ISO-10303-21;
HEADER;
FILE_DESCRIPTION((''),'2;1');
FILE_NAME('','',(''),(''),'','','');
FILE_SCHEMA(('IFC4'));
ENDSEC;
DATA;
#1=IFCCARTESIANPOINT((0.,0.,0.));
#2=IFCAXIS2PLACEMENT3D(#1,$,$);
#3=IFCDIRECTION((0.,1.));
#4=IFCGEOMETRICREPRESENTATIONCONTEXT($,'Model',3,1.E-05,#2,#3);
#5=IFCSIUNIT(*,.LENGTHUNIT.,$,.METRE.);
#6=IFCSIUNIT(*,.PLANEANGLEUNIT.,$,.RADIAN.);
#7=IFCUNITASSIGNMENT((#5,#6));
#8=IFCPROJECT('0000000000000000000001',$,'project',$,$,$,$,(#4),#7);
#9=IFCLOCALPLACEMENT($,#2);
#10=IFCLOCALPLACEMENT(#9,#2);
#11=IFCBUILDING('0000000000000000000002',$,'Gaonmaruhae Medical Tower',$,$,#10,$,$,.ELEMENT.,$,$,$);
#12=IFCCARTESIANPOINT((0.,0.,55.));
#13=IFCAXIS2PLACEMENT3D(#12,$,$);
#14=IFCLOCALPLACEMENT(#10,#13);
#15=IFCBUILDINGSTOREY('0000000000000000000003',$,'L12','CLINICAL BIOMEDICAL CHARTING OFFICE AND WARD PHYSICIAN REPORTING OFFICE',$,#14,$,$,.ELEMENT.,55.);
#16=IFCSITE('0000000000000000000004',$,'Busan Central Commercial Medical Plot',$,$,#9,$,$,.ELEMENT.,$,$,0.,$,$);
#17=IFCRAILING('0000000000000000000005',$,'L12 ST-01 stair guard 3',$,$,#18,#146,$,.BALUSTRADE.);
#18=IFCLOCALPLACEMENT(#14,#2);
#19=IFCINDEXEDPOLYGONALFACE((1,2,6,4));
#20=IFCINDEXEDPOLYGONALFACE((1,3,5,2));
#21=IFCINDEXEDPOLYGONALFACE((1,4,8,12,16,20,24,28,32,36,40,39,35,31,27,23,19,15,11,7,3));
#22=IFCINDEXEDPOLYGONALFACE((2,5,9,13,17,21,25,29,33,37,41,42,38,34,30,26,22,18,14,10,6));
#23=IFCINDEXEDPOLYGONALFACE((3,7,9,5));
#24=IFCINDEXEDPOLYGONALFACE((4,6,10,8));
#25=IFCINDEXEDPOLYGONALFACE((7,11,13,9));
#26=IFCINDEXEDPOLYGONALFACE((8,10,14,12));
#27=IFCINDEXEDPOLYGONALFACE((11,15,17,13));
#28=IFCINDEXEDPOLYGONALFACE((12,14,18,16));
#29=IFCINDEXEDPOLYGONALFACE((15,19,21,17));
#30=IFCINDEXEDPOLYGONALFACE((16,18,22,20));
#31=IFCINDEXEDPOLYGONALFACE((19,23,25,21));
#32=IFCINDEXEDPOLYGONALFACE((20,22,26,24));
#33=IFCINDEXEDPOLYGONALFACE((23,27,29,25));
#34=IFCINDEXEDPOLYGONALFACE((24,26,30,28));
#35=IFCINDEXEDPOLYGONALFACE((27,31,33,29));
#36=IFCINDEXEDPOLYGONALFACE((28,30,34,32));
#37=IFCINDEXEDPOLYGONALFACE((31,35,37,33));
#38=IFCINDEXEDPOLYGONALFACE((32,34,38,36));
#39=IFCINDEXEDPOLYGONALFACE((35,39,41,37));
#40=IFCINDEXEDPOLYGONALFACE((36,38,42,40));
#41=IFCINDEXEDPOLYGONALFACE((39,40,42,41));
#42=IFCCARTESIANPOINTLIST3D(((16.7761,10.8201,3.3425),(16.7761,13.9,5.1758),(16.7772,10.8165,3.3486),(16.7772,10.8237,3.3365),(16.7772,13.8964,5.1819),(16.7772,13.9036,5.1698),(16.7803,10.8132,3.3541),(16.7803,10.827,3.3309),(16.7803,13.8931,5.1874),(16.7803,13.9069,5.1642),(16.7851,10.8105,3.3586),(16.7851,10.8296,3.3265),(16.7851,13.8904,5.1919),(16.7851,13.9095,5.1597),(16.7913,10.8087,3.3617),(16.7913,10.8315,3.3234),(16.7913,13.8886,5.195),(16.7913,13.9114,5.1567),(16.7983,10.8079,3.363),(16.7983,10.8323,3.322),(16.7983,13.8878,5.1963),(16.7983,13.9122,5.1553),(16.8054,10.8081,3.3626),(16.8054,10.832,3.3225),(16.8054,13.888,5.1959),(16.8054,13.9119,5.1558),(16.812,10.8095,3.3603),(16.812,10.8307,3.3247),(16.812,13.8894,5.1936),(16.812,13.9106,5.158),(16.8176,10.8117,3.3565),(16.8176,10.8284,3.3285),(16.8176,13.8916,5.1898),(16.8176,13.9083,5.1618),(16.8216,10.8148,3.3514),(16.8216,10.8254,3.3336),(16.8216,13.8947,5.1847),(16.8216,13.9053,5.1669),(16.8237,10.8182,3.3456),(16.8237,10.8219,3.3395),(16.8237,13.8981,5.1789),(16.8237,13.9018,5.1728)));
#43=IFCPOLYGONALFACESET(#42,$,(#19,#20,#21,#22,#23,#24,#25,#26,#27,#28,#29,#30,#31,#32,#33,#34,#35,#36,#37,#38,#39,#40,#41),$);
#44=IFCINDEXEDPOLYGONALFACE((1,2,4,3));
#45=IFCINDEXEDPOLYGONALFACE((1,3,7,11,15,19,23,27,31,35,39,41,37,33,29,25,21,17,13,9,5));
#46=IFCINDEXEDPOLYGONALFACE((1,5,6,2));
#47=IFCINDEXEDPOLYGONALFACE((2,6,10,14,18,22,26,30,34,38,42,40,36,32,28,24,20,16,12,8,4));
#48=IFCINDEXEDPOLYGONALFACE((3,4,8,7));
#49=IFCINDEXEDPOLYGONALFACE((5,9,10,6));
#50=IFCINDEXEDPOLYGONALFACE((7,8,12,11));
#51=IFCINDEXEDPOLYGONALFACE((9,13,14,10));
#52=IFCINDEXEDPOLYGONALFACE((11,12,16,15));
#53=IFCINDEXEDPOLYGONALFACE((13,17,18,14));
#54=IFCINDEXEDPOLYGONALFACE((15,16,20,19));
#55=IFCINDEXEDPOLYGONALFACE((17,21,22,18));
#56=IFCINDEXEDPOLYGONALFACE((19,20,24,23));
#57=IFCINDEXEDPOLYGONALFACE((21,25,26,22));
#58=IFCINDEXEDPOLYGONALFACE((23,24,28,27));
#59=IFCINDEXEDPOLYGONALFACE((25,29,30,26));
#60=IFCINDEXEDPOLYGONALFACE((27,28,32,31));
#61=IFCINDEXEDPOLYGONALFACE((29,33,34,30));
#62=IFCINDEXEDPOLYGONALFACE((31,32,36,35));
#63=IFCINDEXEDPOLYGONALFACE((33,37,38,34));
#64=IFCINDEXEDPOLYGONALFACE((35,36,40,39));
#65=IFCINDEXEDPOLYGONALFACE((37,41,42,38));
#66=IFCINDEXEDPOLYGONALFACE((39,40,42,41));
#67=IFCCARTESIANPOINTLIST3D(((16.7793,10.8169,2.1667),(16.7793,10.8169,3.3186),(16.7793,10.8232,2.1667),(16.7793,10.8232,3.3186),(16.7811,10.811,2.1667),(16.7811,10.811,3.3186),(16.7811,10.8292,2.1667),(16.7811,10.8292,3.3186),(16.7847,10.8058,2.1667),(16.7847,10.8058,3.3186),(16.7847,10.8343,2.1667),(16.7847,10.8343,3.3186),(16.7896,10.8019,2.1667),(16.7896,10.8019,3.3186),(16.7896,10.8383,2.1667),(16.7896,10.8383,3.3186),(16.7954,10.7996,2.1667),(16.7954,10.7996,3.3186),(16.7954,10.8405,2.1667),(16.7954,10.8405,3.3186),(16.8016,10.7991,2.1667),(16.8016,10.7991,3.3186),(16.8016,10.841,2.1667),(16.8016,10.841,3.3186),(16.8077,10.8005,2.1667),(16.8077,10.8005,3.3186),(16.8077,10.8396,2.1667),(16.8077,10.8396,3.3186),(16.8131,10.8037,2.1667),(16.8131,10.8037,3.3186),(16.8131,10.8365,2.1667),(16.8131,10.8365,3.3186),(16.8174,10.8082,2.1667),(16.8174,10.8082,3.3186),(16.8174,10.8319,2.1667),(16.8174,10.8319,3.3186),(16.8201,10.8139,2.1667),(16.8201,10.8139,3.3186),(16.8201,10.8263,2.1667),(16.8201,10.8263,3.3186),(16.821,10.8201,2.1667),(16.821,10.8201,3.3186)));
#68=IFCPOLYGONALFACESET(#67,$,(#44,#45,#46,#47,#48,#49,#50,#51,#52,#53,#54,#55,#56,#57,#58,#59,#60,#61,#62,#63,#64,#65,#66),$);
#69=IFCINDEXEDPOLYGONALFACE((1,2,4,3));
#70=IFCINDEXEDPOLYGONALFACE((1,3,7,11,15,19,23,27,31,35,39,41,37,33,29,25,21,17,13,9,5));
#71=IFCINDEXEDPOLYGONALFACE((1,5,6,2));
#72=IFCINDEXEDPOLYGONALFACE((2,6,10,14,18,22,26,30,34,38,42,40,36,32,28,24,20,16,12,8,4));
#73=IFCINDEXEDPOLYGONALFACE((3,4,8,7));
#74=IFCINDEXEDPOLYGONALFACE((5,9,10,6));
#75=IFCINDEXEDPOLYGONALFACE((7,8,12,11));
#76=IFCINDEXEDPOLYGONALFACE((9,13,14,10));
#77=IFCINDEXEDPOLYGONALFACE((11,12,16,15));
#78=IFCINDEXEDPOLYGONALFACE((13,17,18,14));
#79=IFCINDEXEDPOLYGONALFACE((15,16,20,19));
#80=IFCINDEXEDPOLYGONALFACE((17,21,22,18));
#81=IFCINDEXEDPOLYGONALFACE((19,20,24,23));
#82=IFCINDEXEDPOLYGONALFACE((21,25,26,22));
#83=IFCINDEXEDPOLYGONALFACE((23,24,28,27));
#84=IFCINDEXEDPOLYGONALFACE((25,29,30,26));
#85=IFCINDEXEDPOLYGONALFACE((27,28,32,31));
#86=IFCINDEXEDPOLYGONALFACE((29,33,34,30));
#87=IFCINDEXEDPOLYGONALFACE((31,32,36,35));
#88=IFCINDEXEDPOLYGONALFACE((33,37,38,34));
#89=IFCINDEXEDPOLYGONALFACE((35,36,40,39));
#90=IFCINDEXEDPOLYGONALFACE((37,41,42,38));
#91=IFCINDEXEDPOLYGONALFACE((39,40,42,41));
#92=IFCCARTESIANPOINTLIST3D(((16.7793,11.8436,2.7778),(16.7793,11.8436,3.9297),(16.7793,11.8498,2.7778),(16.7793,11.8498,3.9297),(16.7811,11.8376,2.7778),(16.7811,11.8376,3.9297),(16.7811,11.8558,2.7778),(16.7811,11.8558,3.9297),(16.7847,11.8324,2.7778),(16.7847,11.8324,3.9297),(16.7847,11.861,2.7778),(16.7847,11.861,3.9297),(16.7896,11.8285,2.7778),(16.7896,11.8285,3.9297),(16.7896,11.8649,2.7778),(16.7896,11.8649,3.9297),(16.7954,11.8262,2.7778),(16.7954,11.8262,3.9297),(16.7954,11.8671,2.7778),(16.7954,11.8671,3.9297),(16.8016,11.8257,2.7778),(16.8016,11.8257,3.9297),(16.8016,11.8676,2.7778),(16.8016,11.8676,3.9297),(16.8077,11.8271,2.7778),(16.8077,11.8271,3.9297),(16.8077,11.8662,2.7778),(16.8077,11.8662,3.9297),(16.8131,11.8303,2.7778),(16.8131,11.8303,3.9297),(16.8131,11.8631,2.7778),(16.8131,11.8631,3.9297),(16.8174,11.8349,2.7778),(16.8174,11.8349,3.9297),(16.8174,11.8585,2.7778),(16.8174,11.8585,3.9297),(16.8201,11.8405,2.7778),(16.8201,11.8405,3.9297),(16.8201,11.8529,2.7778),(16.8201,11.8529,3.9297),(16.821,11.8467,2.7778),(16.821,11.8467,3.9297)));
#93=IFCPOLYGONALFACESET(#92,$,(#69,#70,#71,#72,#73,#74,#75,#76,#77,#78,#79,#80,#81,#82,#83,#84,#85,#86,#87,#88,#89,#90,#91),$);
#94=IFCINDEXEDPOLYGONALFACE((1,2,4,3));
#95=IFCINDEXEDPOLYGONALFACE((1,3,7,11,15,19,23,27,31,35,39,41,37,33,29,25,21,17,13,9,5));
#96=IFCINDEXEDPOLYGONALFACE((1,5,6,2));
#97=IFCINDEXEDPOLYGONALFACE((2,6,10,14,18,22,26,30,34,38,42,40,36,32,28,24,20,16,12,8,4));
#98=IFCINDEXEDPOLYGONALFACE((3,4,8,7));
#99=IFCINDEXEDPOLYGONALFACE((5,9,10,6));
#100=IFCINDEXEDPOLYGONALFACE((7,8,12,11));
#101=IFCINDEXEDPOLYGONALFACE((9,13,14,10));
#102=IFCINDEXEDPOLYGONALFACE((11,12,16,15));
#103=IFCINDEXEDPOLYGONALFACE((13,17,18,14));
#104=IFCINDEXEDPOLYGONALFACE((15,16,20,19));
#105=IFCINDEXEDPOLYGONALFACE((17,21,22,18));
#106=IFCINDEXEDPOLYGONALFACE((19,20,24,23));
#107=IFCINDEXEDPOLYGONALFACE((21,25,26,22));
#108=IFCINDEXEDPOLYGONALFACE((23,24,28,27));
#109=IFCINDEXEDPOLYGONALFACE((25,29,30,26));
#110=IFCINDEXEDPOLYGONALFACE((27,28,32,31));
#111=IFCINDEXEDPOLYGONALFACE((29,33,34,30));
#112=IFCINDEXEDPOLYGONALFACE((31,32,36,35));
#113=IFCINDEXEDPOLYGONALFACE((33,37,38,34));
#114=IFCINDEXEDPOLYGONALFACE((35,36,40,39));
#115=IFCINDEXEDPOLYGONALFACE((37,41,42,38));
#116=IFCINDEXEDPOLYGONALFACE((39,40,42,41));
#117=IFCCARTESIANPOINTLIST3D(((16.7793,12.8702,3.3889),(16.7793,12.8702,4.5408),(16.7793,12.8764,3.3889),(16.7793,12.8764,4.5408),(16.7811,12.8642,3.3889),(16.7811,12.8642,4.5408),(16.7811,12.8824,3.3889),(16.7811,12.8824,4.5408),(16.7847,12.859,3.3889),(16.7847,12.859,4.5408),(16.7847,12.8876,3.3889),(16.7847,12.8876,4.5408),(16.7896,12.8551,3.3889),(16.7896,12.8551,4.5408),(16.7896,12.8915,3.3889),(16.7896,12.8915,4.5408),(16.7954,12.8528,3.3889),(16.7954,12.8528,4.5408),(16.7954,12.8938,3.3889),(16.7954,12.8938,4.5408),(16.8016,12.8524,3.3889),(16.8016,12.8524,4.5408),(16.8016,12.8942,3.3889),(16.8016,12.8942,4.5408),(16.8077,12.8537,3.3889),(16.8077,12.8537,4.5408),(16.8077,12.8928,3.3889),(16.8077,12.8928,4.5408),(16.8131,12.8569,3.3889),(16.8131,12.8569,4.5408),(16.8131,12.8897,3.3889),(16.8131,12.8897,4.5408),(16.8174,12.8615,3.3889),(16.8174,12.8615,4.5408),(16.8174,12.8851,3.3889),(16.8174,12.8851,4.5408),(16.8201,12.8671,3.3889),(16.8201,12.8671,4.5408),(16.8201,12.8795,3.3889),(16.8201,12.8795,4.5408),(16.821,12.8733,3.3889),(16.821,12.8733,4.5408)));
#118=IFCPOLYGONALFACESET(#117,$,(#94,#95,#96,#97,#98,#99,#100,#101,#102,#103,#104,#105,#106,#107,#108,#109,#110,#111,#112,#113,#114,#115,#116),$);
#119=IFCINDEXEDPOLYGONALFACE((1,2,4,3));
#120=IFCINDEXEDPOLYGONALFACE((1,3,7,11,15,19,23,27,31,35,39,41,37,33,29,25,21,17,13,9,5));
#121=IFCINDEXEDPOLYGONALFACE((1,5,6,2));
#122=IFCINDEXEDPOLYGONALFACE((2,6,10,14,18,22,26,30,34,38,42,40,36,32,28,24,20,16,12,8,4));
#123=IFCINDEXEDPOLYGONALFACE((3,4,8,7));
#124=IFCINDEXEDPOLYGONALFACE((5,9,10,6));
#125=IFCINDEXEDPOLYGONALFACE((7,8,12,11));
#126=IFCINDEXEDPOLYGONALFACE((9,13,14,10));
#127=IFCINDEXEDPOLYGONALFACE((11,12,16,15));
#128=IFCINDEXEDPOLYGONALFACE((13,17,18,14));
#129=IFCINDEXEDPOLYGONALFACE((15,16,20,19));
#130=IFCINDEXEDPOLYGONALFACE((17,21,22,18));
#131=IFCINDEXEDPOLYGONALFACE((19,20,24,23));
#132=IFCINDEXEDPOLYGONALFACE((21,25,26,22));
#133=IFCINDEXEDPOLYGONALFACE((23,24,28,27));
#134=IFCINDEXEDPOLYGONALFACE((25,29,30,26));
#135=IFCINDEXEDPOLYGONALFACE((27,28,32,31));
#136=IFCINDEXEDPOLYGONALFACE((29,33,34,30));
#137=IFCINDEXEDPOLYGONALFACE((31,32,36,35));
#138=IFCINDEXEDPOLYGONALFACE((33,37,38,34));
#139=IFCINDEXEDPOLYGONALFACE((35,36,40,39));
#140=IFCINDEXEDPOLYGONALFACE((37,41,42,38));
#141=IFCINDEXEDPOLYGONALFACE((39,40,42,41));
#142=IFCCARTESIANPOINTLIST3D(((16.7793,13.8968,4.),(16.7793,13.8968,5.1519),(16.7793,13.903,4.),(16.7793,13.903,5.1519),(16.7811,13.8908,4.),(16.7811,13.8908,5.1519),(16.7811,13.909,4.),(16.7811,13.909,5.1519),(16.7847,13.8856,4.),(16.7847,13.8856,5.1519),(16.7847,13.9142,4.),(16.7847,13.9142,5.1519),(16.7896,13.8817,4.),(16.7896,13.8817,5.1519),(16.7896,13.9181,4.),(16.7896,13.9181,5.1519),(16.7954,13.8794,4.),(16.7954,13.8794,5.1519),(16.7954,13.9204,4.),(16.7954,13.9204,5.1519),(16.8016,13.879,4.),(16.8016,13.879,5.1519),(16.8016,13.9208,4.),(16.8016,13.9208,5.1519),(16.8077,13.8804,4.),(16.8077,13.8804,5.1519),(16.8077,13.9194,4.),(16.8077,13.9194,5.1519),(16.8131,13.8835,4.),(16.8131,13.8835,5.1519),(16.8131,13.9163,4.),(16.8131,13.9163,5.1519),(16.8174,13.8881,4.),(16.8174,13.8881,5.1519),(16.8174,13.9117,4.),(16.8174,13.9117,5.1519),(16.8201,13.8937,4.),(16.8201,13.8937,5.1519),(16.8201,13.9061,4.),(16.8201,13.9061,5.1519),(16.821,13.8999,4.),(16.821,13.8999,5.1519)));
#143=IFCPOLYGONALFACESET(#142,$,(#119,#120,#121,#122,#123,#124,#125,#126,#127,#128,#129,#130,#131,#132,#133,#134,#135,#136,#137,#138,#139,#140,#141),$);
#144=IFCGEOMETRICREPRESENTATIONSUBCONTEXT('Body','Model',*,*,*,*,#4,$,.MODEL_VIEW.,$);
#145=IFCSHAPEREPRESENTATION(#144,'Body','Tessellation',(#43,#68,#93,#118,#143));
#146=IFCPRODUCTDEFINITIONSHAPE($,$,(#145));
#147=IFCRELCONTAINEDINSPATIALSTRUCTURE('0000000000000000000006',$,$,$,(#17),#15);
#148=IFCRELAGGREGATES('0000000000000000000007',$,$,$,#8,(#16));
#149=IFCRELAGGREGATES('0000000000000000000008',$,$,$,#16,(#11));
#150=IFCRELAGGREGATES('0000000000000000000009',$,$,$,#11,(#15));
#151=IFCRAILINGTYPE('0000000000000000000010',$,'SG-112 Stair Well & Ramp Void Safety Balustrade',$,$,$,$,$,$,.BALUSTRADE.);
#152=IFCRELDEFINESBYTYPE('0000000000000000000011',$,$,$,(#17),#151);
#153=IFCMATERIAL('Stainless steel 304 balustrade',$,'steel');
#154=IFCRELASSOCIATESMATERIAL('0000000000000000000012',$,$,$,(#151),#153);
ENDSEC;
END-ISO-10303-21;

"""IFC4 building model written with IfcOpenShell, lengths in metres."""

from ifc_helpers import new_model, si_unit, direction, frame, origin, origin_2d, place, context, subcontext, project, spatial, circle, extrude, material, type_object, element, save


model = new_model("IFC4")

# Units and contexts
model_context = context("Model", 3, precision=1e-05, world=origin(), true_north=direction((0.0, 1.0)))
body_context = subcontext(model_context, "Body", "Model", "MODEL_VIEW")
ifc_project = project(units=[si_unit("LENGTHUNIT", "METRE"), si_unit("PLANEANGLEUNIT", "RADIAN")], contexts=[model_context])

# Site, building, storey
site_placement = place(None, origin())
site = spatial("IfcSite", under=ifc_project, at=site_placement, Name="Busan Central Commercial Medical Plot", CompositionType="ELEMENT", RefElevation=0.0)
building_placement = place(site_placement, origin())
building = spatial("IfcBuilding", under=site, at=building_placement, Name="Gaonmaruhae Medical Tower", CompositionType="ELEMENT")
storey_placement = place(building_placement, frame((0.0, 0.0, 55.0)))
storey = spatial("IfcBuildingStorey", under=building, at=storey_placement, Name="L12", Description="CLINICAL BIOMEDICAL CHARTING OFFICE AND WARD PHYSICIAN REPORTING OFFICE", CompositionType="ELEMENT", Elevation=55.0)

# Railing
ifc_material_1 = material(Name="Stainless steel 304 balustrade", Category="steel")
railing_type_1 = type_object("IfcRailingType", Name="SG-112 Stair Well & Ramp Void Safety Balustrade", PredefinedType="BALUSTRADE", material=ifc_material_1)
railing_1_placement = place(storey_placement, frame((16.8, 10.8201, 2.1667)))
element("IfcRailing", 1, at=railing_1_placement, inside=storey, type_object=railing_type_1, Name="L12 ST-01 stair guard 3", PredefinedType="BALUSTRADE", context=body_context, shape_type="SweptSolid", body=[
    extrude(circle(Radius=0.0239, at=origin_2d()), frame((0.0, 0.0, 1.1758), z_axis=(0.0, 0.859291, 0.511487), x_axis=(-1.0, 0.0, 0.0)), (0.0, 0.0, 1.0), 3.5842),
    extrude(circle(Radius=0.021, at=origin_2d()), origin(), (0.0, 0.0, 1.0), 1.1519),
    extrude(circle(Radius=0.021, at=origin_2d()), frame((0.0, 1.0266, 0.6111)), (0.0, 0.0, 1.0), 1.1519),
    extrude(circle(Radius=0.021, at=origin_2d()), frame((0.0, 2.0532, 1.2222)), (0.0, 0.0, 1.0), 1.1519),
    extrude(circle(Radius=0.021, at=origin_2d()), frame((0.0, 3.0798, 1.8333)), (0.0, 0.0, 1.0), 1.1519),
])

save(model, "model.ifc")
